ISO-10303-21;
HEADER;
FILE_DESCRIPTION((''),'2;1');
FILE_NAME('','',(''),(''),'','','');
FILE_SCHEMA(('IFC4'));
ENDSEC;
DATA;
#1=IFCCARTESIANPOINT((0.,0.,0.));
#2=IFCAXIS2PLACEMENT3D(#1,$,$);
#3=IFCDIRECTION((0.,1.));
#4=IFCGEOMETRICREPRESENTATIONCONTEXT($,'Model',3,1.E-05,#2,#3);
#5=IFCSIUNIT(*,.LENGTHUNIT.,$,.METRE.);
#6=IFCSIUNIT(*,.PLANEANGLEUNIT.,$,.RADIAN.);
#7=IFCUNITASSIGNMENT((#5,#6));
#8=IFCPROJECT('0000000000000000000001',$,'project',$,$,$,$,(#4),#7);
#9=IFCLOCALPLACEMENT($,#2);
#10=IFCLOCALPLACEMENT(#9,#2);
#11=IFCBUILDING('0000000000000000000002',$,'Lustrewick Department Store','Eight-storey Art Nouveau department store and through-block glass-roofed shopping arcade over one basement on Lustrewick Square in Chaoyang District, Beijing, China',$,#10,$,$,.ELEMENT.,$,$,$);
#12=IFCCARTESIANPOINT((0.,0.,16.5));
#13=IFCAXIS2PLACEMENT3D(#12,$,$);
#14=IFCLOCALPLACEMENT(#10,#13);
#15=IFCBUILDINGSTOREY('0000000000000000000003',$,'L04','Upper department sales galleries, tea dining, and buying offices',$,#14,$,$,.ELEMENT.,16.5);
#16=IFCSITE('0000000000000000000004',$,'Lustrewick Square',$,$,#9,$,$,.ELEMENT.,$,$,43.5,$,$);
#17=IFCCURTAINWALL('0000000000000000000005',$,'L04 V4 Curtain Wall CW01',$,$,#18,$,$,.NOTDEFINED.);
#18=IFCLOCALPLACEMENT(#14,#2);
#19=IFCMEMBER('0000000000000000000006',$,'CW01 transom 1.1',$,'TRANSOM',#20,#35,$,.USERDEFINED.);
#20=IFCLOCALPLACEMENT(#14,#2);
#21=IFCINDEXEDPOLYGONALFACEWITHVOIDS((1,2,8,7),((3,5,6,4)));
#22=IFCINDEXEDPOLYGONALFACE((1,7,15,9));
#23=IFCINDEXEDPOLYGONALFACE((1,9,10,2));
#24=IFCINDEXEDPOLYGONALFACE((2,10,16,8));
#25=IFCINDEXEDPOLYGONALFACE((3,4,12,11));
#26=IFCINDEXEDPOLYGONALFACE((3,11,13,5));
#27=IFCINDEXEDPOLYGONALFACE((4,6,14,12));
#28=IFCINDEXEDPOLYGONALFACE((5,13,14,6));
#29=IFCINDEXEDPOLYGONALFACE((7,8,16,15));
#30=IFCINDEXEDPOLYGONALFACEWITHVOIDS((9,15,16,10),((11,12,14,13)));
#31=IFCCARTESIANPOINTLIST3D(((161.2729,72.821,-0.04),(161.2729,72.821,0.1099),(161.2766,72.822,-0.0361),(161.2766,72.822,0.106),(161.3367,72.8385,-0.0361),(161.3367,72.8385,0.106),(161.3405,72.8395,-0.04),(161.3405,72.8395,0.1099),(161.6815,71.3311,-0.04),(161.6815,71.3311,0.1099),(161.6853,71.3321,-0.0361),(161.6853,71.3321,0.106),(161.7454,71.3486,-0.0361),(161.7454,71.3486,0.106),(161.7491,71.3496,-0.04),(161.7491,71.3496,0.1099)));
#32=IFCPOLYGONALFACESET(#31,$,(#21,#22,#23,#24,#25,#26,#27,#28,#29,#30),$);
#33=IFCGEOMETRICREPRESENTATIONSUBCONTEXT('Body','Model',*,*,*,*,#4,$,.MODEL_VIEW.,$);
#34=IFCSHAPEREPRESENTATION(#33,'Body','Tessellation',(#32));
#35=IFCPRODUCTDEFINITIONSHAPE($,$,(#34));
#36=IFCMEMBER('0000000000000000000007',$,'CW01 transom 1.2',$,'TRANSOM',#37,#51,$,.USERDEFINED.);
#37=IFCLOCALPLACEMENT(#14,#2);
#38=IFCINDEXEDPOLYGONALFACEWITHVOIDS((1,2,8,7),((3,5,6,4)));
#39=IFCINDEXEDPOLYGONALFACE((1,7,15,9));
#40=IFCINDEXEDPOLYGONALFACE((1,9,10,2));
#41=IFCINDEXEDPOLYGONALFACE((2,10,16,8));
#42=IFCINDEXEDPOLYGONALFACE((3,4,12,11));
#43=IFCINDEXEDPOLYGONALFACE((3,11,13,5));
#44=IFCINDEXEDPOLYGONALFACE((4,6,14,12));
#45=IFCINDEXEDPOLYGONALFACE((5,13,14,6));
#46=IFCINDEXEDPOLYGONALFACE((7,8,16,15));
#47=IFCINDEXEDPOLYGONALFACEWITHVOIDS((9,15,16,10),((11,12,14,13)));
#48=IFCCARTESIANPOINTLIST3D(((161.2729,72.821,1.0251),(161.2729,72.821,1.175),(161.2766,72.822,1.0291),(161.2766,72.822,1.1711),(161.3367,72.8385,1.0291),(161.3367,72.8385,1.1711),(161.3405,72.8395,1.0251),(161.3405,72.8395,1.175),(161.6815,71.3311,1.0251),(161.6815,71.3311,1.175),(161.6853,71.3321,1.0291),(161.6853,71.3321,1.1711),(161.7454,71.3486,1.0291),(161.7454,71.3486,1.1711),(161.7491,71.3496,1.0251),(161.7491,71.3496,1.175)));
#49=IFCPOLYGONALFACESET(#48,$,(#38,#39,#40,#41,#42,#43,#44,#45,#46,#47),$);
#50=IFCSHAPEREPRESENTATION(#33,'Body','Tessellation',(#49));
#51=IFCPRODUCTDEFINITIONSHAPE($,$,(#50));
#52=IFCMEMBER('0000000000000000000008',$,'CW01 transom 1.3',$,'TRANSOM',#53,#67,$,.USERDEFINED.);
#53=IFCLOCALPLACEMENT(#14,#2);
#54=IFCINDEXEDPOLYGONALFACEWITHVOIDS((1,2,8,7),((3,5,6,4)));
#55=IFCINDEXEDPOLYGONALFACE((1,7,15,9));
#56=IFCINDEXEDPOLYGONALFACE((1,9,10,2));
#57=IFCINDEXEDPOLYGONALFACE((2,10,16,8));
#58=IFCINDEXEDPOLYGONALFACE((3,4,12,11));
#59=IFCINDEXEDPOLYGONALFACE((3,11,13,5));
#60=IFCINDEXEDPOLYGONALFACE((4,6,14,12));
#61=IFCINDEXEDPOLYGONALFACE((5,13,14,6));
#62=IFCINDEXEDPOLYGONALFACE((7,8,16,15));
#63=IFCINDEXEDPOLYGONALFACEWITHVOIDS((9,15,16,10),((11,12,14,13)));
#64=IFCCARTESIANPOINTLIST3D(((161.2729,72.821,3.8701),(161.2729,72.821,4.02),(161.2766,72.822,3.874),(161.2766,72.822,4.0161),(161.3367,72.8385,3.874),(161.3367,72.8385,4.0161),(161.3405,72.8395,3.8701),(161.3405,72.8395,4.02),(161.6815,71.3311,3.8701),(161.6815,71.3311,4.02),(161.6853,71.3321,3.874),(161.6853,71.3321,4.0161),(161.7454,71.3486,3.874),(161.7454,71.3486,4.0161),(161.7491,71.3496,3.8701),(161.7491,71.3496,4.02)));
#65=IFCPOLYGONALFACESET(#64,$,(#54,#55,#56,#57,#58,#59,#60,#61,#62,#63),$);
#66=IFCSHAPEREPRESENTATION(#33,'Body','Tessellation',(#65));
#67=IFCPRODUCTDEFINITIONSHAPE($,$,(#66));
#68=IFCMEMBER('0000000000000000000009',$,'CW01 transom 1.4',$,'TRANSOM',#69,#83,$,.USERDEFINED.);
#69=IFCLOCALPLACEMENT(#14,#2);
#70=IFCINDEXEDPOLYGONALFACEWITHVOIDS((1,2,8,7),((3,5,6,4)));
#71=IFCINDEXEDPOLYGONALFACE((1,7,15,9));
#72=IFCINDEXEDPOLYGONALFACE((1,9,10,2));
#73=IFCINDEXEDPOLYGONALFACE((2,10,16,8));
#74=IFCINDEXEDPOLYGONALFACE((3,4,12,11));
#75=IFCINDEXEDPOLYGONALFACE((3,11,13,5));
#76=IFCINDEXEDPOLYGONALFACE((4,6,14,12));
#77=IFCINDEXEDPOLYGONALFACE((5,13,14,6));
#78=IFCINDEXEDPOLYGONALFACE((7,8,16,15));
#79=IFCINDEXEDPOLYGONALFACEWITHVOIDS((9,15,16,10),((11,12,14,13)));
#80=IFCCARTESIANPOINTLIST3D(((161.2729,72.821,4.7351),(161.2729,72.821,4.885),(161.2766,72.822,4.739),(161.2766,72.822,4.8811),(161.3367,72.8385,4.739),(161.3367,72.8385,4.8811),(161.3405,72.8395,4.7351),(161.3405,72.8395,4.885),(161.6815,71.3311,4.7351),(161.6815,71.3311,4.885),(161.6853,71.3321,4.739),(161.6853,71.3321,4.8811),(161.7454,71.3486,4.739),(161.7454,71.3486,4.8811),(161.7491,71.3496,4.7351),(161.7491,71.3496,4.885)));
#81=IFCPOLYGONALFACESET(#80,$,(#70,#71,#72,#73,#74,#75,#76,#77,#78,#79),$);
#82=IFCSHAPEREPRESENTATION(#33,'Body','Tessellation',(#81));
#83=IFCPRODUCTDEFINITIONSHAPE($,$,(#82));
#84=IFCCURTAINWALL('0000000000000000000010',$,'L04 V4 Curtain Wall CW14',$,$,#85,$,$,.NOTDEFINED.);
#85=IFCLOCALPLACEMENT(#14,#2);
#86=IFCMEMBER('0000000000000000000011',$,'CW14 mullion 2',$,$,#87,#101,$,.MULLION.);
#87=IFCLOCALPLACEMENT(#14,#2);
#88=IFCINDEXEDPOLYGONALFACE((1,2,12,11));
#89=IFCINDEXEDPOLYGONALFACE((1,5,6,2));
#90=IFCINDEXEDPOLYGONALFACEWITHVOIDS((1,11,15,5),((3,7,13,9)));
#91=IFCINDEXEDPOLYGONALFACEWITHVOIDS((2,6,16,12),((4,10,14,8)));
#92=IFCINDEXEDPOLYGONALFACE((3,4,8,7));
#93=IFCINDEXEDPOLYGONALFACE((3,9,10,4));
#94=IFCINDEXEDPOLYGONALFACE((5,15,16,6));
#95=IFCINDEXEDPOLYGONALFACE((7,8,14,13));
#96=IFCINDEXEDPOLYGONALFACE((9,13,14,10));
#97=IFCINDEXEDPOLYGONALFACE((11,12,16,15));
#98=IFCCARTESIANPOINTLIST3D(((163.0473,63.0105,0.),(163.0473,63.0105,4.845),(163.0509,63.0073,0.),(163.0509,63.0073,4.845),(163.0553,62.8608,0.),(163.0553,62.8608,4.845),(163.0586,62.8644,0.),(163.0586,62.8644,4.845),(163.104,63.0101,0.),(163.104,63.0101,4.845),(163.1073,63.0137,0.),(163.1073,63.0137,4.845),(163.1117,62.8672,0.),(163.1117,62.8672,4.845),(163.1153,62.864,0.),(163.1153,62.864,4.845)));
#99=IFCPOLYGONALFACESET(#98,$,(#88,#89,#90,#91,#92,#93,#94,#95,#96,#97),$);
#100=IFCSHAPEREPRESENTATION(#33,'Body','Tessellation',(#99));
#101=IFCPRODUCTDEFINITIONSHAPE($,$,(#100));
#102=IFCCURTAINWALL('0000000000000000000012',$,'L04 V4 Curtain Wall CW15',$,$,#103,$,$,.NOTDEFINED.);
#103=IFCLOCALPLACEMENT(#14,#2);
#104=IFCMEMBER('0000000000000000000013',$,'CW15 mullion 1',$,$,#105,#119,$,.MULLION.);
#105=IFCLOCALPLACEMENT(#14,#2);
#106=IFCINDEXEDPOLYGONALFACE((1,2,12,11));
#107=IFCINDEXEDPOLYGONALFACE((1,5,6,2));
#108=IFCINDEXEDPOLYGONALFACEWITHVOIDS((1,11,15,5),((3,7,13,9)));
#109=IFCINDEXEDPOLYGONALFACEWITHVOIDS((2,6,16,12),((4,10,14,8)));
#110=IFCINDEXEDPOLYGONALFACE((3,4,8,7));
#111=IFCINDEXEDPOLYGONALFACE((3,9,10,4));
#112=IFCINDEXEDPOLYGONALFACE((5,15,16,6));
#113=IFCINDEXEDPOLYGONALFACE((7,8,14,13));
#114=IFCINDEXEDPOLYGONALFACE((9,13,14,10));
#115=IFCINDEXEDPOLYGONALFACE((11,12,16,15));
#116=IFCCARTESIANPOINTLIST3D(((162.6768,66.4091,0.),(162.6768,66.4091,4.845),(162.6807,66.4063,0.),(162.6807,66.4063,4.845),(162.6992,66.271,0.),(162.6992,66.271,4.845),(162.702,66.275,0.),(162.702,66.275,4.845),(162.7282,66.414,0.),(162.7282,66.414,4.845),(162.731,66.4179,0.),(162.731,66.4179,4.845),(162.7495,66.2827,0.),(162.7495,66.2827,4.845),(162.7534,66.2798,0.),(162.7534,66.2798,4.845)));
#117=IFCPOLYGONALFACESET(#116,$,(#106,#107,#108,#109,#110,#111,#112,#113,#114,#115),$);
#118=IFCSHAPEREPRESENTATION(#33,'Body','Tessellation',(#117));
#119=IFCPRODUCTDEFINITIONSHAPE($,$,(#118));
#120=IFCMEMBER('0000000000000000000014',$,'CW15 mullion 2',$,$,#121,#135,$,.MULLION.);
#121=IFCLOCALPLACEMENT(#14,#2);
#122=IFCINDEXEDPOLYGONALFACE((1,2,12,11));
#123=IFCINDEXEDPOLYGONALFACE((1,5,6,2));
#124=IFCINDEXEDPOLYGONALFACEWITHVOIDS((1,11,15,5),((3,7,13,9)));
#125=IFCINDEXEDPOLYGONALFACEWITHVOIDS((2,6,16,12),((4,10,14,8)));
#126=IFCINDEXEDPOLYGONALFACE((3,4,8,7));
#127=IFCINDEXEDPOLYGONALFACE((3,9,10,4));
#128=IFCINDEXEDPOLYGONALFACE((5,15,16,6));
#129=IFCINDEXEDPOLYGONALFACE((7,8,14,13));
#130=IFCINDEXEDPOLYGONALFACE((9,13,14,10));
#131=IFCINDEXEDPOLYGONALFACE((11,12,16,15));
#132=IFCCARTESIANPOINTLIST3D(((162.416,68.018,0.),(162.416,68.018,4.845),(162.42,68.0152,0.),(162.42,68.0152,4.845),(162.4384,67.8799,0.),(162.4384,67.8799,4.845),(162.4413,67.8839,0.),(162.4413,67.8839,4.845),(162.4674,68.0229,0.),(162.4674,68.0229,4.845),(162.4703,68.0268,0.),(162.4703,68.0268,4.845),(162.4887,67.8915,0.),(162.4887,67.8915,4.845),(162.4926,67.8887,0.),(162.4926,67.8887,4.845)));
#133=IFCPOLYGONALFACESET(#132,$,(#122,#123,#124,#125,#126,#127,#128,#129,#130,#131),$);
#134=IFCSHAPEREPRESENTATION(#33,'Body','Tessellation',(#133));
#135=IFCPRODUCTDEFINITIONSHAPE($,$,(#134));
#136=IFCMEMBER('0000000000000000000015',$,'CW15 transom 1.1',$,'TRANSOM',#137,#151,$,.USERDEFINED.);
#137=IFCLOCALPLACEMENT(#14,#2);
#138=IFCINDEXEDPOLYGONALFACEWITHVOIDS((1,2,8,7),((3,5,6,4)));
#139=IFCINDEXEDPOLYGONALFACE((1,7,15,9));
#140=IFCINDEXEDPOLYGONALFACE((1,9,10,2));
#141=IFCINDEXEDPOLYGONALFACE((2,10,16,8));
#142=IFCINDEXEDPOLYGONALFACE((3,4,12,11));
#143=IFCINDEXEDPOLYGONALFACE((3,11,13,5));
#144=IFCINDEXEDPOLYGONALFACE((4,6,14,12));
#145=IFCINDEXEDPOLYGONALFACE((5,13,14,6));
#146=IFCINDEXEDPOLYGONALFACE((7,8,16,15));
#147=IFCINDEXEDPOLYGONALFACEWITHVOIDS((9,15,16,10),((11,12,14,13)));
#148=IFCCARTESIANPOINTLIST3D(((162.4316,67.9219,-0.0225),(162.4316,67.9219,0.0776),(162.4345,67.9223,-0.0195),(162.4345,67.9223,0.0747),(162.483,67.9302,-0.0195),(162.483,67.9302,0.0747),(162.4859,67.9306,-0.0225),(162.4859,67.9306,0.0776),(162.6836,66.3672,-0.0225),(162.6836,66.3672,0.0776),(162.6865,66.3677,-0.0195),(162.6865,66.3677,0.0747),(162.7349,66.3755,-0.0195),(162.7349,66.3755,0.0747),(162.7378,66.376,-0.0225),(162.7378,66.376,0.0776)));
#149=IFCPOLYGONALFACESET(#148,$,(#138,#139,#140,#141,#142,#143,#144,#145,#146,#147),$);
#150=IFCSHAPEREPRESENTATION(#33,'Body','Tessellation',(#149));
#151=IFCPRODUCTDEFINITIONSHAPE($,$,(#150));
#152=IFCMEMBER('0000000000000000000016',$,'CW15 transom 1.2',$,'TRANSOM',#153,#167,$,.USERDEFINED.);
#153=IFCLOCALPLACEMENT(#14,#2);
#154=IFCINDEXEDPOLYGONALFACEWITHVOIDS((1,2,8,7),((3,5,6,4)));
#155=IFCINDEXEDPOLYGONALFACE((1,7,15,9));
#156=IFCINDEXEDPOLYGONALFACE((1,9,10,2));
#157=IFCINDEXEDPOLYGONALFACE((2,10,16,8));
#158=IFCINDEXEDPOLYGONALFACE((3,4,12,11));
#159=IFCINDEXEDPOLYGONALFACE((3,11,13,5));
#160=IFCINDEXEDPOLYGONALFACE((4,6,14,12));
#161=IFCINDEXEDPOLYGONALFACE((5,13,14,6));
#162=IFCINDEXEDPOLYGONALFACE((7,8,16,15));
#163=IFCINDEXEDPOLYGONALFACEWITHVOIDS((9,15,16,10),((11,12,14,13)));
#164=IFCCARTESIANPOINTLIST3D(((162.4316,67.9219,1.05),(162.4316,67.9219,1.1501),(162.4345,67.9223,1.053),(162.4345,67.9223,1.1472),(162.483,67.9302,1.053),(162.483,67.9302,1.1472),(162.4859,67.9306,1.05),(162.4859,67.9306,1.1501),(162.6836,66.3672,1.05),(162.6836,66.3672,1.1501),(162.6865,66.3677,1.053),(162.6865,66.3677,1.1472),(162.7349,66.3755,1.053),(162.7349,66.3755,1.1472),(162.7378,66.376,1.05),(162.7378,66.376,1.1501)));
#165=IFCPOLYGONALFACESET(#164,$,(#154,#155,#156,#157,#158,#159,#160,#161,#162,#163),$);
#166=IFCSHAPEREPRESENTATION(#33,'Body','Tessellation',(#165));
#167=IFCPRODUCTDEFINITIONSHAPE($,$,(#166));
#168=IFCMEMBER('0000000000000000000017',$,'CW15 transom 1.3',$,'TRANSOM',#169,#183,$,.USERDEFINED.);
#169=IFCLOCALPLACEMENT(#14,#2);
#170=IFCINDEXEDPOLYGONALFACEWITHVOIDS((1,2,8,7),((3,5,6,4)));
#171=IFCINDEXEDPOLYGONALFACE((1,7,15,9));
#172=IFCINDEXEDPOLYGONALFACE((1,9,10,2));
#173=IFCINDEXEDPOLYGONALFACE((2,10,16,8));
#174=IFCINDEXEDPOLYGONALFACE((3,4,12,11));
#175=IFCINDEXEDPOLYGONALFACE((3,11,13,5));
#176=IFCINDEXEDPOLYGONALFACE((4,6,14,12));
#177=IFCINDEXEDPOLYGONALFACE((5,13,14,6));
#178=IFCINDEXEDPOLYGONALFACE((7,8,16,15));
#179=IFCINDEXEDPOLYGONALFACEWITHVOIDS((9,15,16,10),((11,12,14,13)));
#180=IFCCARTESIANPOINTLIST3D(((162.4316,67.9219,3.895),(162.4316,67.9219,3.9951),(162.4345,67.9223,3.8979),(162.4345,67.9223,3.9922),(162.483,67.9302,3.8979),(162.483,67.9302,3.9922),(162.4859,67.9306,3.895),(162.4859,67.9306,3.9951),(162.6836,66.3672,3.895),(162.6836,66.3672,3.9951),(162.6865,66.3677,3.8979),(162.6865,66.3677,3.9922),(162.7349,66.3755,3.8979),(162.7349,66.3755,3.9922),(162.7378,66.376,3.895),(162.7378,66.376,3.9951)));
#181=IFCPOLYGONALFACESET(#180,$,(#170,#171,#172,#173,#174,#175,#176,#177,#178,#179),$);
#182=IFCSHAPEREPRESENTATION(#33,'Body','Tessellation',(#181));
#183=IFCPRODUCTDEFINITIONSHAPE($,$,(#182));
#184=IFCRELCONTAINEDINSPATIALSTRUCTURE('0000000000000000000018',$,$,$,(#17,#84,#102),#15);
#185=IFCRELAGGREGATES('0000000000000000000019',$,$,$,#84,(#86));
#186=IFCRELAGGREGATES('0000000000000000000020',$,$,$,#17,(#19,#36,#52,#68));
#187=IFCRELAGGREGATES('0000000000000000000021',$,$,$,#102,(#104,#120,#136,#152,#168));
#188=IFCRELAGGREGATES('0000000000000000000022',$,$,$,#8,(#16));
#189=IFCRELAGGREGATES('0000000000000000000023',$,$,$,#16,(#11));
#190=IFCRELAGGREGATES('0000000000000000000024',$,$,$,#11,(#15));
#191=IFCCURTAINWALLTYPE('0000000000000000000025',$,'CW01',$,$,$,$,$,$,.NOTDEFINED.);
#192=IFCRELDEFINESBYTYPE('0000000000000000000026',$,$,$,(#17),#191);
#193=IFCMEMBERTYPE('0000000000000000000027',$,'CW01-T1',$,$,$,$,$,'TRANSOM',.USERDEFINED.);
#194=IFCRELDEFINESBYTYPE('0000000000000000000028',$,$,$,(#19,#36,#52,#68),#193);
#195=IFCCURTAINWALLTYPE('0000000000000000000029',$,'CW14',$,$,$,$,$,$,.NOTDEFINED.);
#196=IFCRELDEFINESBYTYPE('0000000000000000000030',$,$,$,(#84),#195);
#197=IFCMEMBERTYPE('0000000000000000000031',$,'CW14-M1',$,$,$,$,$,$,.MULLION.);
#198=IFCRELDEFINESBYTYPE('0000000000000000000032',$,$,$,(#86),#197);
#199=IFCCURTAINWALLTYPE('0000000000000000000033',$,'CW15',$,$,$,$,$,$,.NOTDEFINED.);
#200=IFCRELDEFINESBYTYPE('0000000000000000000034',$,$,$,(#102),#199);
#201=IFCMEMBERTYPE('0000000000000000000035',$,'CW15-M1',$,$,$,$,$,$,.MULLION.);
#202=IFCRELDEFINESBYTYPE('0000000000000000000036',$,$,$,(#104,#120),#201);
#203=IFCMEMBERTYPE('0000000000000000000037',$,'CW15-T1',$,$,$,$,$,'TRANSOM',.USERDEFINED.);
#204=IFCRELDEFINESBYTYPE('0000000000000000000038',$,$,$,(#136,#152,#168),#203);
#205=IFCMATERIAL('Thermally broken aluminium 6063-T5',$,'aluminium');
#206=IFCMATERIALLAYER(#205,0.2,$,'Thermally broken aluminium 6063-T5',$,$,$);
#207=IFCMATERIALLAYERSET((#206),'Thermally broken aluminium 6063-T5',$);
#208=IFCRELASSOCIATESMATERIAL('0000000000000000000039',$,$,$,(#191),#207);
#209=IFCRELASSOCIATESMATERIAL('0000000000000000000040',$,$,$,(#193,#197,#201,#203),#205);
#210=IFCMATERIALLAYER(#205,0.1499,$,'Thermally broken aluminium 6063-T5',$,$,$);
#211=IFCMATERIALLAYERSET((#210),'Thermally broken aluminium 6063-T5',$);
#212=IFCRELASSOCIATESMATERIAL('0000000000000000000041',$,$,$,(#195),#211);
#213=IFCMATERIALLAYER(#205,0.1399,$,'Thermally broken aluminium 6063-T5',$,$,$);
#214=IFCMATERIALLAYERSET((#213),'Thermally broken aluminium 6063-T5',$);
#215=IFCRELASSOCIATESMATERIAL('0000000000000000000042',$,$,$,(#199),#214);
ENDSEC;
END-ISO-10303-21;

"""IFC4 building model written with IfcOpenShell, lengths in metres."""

from ifc_helpers import new_model, si_unit, direction, frame, origin, origin_2d, place, context, subcontext, project, spatial, hollow_rectangle, extrude, material, layer, layer_set, material_profile, profile_set, type_object, element, aggregate, save


model = new_model("IFC4")

# Units and contexts
model_context = context("Model", 3, precision=1e-05, world=origin(), true_north=direction((0.0, 1.0)))
body_context = subcontext(model_context, "Body", "Model", "MODEL_VIEW")
ifc_project = project(units=[si_unit("LENGTHUNIT", "METRE"), si_unit("PLANEANGLEUNIT", "RADIAN")], contexts=[model_context])

# Site, building, storey
site_placement = place(None, origin())
site = spatial("IfcSite", under=ifc_project, at=site_placement, Name="Lustrewick Square", CompositionType="ELEMENT", RefElevation=43.5)
building_placement = place(site_placement, origin())
building = spatial("IfcBuilding", under=site, at=building_placement, Name="Lustrewick Department Store", Description="Eight-storey Art Nouveau department store and through-block glass-roofed shopping arcade over one basement on Lustrewick Square in Chaoyang District, Beijing, China", CompositionType="ELEMENT")
storey_placement = place(building_placement, frame((0.0, 0.0, 16.5)))
storey = spatial("IfcBuildingStorey", under=building, at=storey_placement, Name="L04", Description="Upper department sales galleries, tea dining, and buying offices", CompositionType="ELEMENT", Elevation=16.5)

# Curtain wall, members
ifc_material_1 = material(Name="Thermally broken aluminium 6063-T5", Category="aluminium")
ifc_layer_1 = layer(ifc_material_1, 0.2, Name="Thermally broken aluminium 6063-T5")
ifc_layer_set_1 = layer_set([ifc_layer_1], Name="Thermally broken aluminium 6063-T5")
curtain_wall_type_1 = type_object("IfcCurtainWallType", Name="CW01", PredefinedType="NOTDEFINED", material=ifc_layer_set_1)
curtain_wall_1_placement = place(storey_placement, origin())
curtain_wall_1 = element("IfcCurtainWall", 1, at=curtain_wall_1_placement, inside=storey, type_object=curtain_wall_type_1, Name="L04 V4 Curtain Wall CW01", PredefinedType="NOTDEFINED")
ifc_material_profile_1 = material_profile(ifc_material_1, hollow_rectangle(XDim=0.0701, YDim=0.1499, WallThickness=0.0039, at=origin_2d()), Name="ALU-T 70x150x4")
ifc_profile_set_1 = profile_set([ifc_material_profile_1], Name="Thermally broken aluminium 6063-T5")
member_type_1 = type_object("IfcMemberType", Name="CW01-T1", ElementType="TRANSOM", PredefinedType="USERDEFINED", material=ifc_profile_set_1)
member_1_placement = place(storey_placement, frame((161.7153, 71.3403, 0.0349), z_axis=(-0.264521, 0.96438, 0.0), x_axis=(-0.96438, -0.264521, 0.0)))
member_1 = element("IfcMember", 2, at=member_1_placement, type_object=member_type_1, Name="CW01 transom 1.1", ObjectType="TRANSOM", PredefinedType="USERDEFINED", context=body_context, shape_type="SweptSolid", body=[
    extrude(hollow_rectangle(XDim=0.0701, YDim=0.1499, WallThickness=0.0039, at=origin_2d()), origin(), (0.0, 0.0, 1.0), 1.5449),
])
member_2_placement = place(storey_placement, frame((161.7153, 71.3403, 1.1001), z_axis=(-0.264521, 0.96438, 0.0), x_axis=(-0.96438, -0.264521, 0.0)))
member_2 = element("IfcMember", 3, at=member_2_placement, type_object=member_type_1, Name="CW01 transom 1.2", ObjectType="TRANSOM", PredefinedType="USERDEFINED", context=body_context, shape_type="SweptSolid", body=[
    extrude(hollow_rectangle(XDim=0.0701, YDim=0.1499, WallThickness=0.0039, at=origin_2d()), origin(), (0.0, 0.0, 1.0), 1.5449),
])
member_3_placement = place(storey_placement, frame((161.7153, 71.3403, 3.9451), z_axis=(-0.264521, 0.96438, 0.0), x_axis=(-0.96438, -0.264521, 0.0)))
member_3 = element("IfcMember", 4, at=member_3_placement, type_object=member_type_1, Name="CW01 transom 1.3", ObjectType="TRANSOM", PredefinedType="USERDEFINED", context=body_context, shape_type="SweptSolid", body=[
    extrude(hollow_rectangle(XDim=0.0701, YDim=0.1499, WallThickness=0.0039, at=origin_2d()), origin(), (0.0, 0.0, 1.0), 1.5449),
])
member_4_placement = place(storey_placement, frame((161.7153, 71.3403, 4.8101), z_axis=(-0.264521, 0.96438, 0.0), x_axis=(-0.96438, -0.264521, 0.0)))
member_4 = element("IfcMember", 5, at=member_4_placement, type_object=member_type_1, Name="CW01 transom 1.4", ObjectType="TRANSOM", PredefinedType="USERDEFINED", context=body_context, shape_type="SweptSolid", body=[
    extrude(hollow_rectangle(XDim=0.0701, YDim=0.1499, WallThickness=0.0039, at=origin_2d()), origin(), (0.0, 0.0, 1.0), 1.5449),
])

# Curtain wall, member
ifc_layer_2 = layer(ifc_material_1, 0.1499, Name="Thermally broken aluminium 6063-T5")
ifc_layer_set_2 = layer_set([ifc_layer_2], Name="Thermally broken aluminium 6063-T5")
curtain_wall_type_2 = type_object("IfcCurtainWallType", Name="CW14", PredefinedType="NOTDEFINED", material=ifc_layer_set_2)
curtain_wall_2_placement = place(storey_placement, origin())
curtain_wall_2 = element("IfcCurtainWall", 6, at=curtain_wall_2_placement, inside=storey, type_object=curtain_wall_type_2, Name="L04 V4 Curtain Wall CW14", PredefinedType="NOTDEFINED")
ifc_material_profile_2 = material_profile(ifc_material_1, hollow_rectangle(XDim=0.0601, YDim=0.1499, WallThickness=0.0034, at=origin_2d()), Name="ALU-M 60x150x3.5")
ifc_profile_set_2 = profile_set([ifc_material_profile_2], Name="Thermally broken aluminium 6063-T5")
member_type_2 = type_object("IfcMemberType", Name="CW14-M1", PredefinedType="MULLION", material=ifc_profile_set_2)
member_5_placement = place(storey_placement, frame((163.0813, 62.9373, 0.0), z_axis=(0.0, 0.0, 1.0), x_axis=(-0.998566, -0.053534, 0.0)))
member_5 = element("IfcMember", 7, at=member_5_placement, type_object=member_type_2, Name="CW14 mullion 2", PredefinedType="MULLION", context=body_context, shape_type="SweptSolid", body=[
    extrude(hollow_rectangle(XDim=0.0601, YDim=0.1499, WallThickness=0.0034, at=origin_2d()), origin(), (0.0, 0.0, 1.0), 4.845),
])
aggregate(curtain_wall_2, [member_5])

# Curtain wall, members
ifc_layer_3 = layer(ifc_material_1, 0.1399, Name="Thermally broken aluminium 6063-T5")
ifc_layer_set_3 = layer_set([ifc_layer_3], Name="Thermally broken aluminium 6063-T5")
curtain_wall_type_3 = type_object("IfcCurtainWallType", Name="CW15", PredefinedType="NOTDEFINED", material=ifc_layer_set_3)
curtain_wall_3_placement = place(storey_placement, origin())
curtain_wall_3 = element("IfcCurtainWall", 8, at=curtain_wall_3_placement, inside=storey, type_object=curtain_wall_type_3, Name="L04 V4 Curtain Wall CW15", PredefinedType="NOTDEFINED")
ifc_material_profile_3 = material_profile(ifc_material_1, hollow_rectangle(XDim=0.0549, YDim=0.1399, WallThickness=0.0034, at=origin_2d()), Name="ALU-M 55x140x3.5")
ifc_profile_set_3 = profile_set([ifc_material_profile_3], Name="Thermally broken aluminium 6063-T5")
member_type_3 = type_object("IfcMemberType", Name="CW15-M1", PredefinedType="MULLION", material=ifc_profile_set_3)
member_6_placement = place(storey_placement, frame((162.7151, 66.3445, 0.0), z_axis=(0.0, 0.0, 1.0), x_axis=(-0.987116, -0.160009, 0.0)))
member_6 = element("IfcMember", 9, at=member_6_placement, type_object=member_type_3, Name="CW15 mullion 1", PredefinedType="MULLION", context=body_context, shape_type="SweptSolid", body=[
    extrude(hollow_rectangle(XDim=0.0549, YDim=0.1399, WallThickness=0.0034, at=origin_2d()), origin(), (0.0, 0.0, 1.0), 4.845),
])
member_7_placement = place(storey_placement, frame((162.4543, 67.9534, 0.0), z_axis=(0.0, 0.0, 1.0), x_axis=(-0.987116, -0.160009, 0.0)))
member_7 = element("IfcMember", 10, at=member_7_placement, type_object=member_type_3, Name="CW15 mullion 2", PredefinedType="MULLION", context=body_context, shape_type="SweptSolid", body=[
    extrude(hollow_rectangle(XDim=0.0549, YDim=0.1399, WallThickness=0.0034, at=origin_2d()), origin(), (0.0, 0.0, 1.0), 4.845),
])
ifc_material_profile_4 = material_profile(ifc_material_1, hollow_rectangle(XDim=0.0549, YDim=0.1001, WallThickness=0.0029, at=origin_2d()), Name="ALU-T 55x100x3")
ifc_profile_set_4 = profile_set([ifc_material_profile_4], Name="Thermally broken aluminium 6063-T5")
member_type_4 = type_object("IfcMemberType", Name="CW15-T1", ElementType="TRANSOM", PredefinedType="USERDEFINED", material=ifc_profile_set_4)
member_8_placement = place(storey_placement, frame((162.7107, 66.3716, 0.0276), z_axis=(-0.159973, 0.987121, 0.0), x_axis=(-0.987121, -0.159973, 0.0)))
member_8 = element("IfcMember", 11, at=member_8_placement, type_object=member_type_4, Name="CW15 transom 1.1", ObjectType="TRANSOM", PredefinedType="USERDEFINED", context=body_context, shape_type="SweptSolid", body=[
    extrude(hollow_rectangle(XDim=0.0549, YDim=0.1001, WallThickness=0.0029, at=origin_2d()), origin(), (0.0, 0.0, 1.0), 1.575),
])
member_9_placement = place(storey_placement, frame((162.7107, 66.3716, 1.1001), z_axis=(-0.159973, 0.987121, 0.0), x_axis=(-0.987121, -0.159973, 0.0)))
member_9 = element("IfcMember", 12, at=member_9_placement, type_object=member_type_4, Name="CW15 transom 1.2", ObjectType="TRANSOM", PredefinedType="USERDEFINED", context=body_context, shape_type="SweptSolid", body=[
    extrude(hollow_rectangle(XDim=0.0549, YDim=0.1001, WallThickness=0.0029, at=origin_2d()), origin(), (0.0, 0.0, 1.0), 1.575),
])
member_10_placement = place(storey_placement, frame((162.7107, 66.3716, 3.9451), z_axis=(-0.159973, 0.987121, 0.0), x_axis=(-0.987121, -0.159973, 0.0)))
member_10 = element("IfcMember", 13, at=member_10_placement, type_object=member_type_4, Name="CW15 transom 1.3", ObjectType="TRANSOM", PredefinedType="USERDEFINED", context=body_context, shape_type="SweptSolid", body=[
    extrude(hollow_rectangle(XDim=0.0549, YDim=0.1001, WallThickness=0.0029, at=origin_2d()), origin(), (0.0, 0.0, 1.0), 1.575),
])

aggregate(curtain_wall_1, [member_1, member_2, member_3, member_4])
aggregate(curtain_wall_3, [member_6, member_7, member_8, member_9, member_10])

save(model, "model.ifc")
